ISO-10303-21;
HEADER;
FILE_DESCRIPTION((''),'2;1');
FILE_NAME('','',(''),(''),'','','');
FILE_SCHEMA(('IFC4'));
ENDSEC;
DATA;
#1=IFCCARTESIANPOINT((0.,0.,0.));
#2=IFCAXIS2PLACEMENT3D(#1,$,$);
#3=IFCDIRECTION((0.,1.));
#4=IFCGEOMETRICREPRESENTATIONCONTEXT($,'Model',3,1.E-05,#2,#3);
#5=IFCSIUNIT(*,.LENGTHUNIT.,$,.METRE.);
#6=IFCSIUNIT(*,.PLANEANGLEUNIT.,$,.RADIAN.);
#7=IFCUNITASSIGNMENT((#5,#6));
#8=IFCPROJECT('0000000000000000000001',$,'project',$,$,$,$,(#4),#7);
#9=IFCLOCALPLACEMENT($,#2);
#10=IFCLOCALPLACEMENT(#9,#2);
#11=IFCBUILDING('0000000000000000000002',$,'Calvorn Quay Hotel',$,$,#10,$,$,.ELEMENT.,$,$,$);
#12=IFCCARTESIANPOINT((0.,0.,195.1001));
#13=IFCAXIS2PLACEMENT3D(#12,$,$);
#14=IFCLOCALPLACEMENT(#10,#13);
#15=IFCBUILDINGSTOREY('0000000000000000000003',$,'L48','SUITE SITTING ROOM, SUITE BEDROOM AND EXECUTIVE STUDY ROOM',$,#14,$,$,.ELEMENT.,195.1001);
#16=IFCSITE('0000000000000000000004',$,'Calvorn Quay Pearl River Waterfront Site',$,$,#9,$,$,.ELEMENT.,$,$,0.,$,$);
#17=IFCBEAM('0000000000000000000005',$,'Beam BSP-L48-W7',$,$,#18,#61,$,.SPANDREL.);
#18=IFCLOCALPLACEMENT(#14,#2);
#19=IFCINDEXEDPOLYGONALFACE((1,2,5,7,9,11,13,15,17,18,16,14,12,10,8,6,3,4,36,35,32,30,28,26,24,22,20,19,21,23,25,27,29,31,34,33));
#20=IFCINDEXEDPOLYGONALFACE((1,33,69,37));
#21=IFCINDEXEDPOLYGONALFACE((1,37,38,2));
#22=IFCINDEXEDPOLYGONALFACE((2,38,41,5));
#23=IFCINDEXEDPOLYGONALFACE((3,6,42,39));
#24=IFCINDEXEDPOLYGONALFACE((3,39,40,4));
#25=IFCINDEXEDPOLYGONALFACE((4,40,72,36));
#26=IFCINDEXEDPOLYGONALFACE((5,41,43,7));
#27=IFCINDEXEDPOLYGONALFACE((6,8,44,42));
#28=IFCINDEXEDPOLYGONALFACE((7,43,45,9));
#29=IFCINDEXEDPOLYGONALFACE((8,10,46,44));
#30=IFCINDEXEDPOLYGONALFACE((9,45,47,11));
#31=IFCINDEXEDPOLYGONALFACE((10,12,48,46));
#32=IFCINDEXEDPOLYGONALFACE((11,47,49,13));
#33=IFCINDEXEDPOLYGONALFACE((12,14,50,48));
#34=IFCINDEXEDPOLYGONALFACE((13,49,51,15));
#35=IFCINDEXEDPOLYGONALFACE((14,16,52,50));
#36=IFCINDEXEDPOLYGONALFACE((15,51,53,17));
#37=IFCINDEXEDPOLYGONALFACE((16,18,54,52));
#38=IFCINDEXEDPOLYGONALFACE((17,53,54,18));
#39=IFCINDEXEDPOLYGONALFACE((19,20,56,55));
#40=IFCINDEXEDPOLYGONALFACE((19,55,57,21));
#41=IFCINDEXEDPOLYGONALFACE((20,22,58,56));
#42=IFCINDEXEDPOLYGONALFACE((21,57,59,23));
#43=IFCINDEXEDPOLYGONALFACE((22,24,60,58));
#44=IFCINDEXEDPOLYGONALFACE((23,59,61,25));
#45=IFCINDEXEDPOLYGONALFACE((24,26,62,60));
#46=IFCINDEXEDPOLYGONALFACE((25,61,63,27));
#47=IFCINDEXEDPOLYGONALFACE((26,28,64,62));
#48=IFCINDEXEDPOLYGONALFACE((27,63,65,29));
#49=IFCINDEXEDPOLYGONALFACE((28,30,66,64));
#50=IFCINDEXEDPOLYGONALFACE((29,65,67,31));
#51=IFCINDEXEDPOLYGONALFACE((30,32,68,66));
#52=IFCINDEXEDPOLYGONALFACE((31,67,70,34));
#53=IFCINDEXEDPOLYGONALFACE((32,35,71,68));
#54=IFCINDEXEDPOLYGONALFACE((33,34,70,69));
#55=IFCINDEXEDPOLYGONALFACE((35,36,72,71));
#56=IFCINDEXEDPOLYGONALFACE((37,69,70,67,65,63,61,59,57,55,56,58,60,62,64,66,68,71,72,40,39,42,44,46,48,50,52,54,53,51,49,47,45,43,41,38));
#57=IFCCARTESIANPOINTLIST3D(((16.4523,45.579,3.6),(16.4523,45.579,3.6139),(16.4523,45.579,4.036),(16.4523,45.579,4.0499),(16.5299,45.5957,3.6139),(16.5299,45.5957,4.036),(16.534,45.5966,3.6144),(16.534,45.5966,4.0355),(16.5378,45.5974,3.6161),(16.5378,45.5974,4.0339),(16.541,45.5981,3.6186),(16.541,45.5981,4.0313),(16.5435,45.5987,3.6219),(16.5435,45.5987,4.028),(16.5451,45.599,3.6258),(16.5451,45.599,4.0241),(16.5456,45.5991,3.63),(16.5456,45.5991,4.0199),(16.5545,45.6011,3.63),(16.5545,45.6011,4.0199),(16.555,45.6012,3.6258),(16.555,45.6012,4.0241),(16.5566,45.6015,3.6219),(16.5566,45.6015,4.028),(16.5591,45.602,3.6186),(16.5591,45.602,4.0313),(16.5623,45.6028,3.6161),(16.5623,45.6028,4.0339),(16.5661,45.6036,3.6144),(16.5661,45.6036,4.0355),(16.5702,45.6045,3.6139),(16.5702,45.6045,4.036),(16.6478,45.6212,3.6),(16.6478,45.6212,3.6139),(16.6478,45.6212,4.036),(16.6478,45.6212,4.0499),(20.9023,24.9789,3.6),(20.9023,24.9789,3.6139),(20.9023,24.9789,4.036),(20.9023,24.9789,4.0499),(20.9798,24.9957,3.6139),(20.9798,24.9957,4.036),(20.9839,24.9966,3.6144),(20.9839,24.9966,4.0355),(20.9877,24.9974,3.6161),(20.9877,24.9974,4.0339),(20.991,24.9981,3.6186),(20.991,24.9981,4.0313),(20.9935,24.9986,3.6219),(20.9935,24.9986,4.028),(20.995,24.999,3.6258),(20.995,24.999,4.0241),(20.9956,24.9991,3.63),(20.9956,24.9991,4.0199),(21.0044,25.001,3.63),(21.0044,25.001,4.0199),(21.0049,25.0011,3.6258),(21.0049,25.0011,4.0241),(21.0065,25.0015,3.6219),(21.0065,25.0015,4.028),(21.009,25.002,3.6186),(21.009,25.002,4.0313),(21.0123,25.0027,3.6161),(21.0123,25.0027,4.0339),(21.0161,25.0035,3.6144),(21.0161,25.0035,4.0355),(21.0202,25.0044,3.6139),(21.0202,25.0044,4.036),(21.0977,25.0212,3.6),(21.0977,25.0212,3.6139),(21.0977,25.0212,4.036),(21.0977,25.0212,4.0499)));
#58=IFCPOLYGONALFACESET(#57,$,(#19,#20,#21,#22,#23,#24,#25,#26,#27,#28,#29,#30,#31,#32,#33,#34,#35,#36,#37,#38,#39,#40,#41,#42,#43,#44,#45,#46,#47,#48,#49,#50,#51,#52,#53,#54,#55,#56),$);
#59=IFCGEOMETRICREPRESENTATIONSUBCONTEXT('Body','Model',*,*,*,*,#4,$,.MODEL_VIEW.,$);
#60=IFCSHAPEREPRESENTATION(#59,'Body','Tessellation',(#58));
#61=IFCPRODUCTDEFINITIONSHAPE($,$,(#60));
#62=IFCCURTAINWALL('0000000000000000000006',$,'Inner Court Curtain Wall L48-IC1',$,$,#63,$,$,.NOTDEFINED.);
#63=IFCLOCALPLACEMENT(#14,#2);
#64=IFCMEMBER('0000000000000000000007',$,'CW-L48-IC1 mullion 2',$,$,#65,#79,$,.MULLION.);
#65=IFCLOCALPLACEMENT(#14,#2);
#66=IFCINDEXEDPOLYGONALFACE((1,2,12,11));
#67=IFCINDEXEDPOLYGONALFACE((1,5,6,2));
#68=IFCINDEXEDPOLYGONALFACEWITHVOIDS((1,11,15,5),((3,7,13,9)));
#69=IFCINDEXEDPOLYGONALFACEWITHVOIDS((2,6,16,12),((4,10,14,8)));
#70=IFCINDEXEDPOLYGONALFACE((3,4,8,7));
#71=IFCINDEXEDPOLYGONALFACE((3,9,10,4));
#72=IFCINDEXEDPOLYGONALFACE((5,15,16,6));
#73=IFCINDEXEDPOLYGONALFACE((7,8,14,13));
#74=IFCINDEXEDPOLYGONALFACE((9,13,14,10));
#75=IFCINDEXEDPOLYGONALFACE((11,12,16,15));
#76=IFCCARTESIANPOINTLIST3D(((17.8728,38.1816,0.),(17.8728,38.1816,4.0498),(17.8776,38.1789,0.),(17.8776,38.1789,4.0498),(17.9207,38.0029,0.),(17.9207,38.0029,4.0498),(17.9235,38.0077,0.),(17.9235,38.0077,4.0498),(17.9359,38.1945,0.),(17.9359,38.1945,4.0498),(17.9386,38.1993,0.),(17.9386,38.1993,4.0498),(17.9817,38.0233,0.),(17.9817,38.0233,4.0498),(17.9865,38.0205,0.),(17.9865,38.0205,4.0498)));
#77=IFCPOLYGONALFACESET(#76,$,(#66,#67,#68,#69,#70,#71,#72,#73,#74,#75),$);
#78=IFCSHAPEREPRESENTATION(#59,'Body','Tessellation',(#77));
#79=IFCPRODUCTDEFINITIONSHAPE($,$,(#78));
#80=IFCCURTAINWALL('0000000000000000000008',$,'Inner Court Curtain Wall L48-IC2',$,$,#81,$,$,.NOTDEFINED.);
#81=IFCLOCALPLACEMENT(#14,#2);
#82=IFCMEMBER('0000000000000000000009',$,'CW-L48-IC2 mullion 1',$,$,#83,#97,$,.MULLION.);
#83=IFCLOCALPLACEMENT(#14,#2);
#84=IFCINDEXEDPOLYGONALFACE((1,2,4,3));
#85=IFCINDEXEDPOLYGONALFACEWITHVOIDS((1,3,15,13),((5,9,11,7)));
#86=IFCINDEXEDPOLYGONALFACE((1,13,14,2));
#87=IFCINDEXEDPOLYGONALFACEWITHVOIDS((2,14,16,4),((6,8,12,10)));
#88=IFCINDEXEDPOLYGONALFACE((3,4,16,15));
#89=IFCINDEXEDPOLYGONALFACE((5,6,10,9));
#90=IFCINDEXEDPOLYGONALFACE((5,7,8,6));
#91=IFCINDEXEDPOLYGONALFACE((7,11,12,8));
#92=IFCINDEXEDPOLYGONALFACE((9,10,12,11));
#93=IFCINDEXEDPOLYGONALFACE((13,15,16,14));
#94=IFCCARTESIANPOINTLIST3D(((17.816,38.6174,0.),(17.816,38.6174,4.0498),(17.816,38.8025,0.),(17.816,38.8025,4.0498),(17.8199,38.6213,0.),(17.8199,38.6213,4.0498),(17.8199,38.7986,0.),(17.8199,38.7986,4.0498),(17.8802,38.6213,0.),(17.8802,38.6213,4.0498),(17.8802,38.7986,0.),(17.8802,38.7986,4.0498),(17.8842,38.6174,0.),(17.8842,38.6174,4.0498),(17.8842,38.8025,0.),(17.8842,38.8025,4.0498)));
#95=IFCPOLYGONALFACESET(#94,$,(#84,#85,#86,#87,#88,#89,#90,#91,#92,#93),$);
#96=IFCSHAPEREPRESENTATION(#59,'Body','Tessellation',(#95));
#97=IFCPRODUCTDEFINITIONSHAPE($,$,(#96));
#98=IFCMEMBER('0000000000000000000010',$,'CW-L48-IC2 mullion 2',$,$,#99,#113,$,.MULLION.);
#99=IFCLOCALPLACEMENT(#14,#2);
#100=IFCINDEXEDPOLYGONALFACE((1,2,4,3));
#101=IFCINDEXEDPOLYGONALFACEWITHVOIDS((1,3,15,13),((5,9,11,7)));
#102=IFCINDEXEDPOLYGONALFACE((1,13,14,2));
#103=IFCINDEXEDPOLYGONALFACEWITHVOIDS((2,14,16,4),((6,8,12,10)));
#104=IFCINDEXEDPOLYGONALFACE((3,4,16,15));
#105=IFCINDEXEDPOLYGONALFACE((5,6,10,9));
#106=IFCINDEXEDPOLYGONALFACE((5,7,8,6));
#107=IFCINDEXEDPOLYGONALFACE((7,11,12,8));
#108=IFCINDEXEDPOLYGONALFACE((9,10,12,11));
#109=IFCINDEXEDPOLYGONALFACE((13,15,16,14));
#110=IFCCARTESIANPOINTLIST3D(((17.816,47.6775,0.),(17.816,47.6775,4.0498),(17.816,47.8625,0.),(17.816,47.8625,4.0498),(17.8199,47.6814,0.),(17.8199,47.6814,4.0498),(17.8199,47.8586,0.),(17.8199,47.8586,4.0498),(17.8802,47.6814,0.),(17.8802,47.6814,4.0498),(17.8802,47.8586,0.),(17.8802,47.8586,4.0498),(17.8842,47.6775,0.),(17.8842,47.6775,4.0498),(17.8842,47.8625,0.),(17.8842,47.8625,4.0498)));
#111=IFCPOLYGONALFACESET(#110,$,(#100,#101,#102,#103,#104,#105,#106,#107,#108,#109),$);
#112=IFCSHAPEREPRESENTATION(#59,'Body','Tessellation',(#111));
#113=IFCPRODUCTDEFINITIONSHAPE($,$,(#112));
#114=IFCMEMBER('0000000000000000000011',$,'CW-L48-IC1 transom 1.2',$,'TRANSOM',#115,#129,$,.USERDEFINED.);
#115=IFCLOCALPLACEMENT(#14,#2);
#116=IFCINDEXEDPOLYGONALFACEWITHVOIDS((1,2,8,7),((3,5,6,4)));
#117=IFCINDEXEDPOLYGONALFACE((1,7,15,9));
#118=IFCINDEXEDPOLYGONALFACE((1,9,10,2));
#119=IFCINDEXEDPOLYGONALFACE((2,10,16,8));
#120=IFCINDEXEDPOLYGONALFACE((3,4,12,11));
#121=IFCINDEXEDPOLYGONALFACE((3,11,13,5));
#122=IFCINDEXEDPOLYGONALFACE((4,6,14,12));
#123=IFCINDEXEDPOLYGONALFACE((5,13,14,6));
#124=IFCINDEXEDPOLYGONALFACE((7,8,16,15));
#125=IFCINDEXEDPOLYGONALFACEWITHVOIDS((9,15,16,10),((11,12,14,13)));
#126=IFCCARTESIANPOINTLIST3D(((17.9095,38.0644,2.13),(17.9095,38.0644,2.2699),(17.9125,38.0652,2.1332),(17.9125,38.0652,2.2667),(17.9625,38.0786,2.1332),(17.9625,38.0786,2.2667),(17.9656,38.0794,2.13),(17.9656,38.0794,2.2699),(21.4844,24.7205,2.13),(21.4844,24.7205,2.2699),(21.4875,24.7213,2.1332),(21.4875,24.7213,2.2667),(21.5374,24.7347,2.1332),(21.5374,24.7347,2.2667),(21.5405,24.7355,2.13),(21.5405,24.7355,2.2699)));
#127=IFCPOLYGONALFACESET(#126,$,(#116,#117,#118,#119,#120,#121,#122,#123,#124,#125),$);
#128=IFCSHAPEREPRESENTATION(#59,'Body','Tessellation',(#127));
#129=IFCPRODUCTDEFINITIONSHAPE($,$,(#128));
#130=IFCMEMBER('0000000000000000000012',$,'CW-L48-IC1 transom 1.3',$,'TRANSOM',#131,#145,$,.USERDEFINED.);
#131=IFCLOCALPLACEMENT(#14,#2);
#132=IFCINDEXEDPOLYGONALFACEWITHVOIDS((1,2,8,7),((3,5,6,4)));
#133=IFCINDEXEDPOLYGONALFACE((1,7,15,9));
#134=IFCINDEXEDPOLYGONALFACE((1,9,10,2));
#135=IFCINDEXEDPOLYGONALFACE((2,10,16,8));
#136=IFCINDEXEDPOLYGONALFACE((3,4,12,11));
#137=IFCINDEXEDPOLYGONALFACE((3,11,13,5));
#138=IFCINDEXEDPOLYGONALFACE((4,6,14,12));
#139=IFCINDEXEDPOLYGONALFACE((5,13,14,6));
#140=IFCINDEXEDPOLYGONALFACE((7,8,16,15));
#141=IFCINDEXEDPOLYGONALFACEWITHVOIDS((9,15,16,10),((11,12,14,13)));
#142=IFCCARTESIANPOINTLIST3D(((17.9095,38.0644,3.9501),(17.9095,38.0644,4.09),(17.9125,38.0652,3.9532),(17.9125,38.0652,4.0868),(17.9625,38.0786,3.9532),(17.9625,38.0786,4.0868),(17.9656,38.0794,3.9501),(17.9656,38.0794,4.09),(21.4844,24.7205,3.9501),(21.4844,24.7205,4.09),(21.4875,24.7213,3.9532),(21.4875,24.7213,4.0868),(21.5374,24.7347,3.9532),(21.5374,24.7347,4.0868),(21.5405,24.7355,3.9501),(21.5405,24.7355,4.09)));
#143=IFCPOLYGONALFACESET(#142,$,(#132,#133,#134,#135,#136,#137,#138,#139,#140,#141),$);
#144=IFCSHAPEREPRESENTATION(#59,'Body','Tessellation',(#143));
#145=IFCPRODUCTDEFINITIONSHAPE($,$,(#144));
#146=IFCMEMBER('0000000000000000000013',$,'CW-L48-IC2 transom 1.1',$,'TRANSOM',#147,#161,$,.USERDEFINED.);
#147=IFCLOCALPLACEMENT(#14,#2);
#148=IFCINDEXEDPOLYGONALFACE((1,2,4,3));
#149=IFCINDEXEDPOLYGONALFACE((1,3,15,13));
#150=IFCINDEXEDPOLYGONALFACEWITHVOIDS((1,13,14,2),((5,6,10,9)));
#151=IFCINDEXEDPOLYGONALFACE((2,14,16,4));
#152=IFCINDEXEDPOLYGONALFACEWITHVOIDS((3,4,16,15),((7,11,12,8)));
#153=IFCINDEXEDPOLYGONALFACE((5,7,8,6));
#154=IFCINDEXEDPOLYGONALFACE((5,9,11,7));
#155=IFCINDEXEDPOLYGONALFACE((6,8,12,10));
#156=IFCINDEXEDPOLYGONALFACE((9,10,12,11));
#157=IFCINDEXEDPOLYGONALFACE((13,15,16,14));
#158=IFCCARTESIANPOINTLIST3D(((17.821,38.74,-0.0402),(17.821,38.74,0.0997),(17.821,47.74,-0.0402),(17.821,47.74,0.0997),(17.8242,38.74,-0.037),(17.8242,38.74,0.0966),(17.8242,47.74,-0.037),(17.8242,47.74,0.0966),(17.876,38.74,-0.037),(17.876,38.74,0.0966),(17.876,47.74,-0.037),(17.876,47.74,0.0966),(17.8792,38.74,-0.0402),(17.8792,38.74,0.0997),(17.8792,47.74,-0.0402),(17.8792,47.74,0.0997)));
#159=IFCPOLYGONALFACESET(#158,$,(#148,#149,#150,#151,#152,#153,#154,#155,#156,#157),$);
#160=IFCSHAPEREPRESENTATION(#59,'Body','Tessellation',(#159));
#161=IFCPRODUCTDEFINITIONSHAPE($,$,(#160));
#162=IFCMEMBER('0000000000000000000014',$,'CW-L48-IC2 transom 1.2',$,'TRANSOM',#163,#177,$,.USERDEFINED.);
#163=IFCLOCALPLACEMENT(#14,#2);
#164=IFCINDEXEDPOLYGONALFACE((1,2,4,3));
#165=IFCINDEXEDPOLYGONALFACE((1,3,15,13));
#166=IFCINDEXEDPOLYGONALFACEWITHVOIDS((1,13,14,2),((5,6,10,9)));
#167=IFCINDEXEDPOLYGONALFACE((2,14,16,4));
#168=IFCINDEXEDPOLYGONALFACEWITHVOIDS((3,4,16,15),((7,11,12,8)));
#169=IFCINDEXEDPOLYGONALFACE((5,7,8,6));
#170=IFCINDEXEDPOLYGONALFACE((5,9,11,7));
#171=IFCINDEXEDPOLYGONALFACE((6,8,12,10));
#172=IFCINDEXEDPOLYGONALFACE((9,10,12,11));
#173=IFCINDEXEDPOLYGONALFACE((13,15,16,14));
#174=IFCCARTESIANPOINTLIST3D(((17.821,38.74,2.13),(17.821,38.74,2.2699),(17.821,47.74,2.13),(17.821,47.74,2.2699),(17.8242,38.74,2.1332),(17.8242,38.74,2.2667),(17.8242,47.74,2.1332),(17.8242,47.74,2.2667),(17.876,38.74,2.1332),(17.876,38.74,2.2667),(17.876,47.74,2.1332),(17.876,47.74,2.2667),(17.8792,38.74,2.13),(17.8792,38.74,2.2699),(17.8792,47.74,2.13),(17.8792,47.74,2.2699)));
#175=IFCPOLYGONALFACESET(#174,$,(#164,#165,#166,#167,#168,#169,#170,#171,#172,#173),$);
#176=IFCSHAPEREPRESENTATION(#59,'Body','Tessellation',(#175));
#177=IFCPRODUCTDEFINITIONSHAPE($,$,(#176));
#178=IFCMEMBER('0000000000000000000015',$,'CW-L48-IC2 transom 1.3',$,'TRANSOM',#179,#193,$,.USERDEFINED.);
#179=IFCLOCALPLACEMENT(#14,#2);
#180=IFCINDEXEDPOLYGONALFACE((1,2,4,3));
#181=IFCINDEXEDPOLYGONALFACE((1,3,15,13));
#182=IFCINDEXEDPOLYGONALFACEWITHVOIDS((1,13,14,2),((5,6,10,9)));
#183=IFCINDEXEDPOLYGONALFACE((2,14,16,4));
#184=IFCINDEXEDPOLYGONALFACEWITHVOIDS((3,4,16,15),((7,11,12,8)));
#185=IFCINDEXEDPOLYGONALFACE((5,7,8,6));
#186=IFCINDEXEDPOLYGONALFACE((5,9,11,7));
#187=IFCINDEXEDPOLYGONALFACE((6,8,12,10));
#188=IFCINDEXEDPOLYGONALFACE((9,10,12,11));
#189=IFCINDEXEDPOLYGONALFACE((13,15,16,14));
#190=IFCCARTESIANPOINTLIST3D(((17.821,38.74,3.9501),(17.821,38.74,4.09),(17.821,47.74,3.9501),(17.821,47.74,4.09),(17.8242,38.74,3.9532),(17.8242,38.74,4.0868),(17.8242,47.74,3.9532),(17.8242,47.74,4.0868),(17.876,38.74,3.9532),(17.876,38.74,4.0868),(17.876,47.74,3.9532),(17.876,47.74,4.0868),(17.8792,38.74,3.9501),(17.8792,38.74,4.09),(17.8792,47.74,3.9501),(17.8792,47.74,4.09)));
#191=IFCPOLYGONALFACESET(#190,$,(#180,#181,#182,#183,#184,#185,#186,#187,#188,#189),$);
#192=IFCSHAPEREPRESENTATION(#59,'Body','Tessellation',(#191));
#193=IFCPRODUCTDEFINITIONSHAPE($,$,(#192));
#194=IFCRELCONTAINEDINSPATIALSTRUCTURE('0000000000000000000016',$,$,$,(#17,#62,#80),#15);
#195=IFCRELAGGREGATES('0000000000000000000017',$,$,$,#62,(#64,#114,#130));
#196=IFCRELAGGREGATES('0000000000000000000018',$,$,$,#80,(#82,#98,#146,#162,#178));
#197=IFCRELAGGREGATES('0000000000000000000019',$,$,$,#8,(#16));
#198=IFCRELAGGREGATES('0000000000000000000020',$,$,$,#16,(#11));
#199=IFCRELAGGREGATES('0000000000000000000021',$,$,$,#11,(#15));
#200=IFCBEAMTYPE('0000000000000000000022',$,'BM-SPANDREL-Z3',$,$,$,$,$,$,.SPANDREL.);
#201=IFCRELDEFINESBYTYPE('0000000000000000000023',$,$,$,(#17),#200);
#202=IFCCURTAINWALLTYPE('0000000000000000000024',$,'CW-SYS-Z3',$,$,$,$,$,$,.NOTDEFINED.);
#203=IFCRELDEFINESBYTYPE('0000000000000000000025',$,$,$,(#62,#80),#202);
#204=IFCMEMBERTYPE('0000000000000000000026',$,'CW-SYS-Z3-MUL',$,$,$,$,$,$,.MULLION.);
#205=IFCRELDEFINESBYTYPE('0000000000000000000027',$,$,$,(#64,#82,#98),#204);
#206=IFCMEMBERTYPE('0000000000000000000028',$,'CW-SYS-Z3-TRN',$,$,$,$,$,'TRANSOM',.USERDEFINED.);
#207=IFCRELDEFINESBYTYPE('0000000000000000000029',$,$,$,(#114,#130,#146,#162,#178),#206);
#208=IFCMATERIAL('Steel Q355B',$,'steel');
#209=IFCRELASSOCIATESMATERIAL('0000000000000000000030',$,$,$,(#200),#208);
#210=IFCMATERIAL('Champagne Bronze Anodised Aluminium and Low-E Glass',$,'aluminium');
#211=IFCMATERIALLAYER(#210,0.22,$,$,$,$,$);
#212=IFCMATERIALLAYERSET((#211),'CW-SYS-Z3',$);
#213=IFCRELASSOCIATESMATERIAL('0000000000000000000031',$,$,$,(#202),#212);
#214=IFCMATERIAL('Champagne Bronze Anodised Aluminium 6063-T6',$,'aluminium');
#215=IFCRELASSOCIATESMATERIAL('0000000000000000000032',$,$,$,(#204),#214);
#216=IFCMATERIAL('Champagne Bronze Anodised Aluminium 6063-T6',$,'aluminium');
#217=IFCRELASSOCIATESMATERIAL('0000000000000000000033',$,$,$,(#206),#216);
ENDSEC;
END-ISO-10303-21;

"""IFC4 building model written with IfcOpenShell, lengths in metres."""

from ifc_helpers import new_model, si_unit, direction, frame, origin, origin_2d, place, context, subcontext, project, spatial, hollow_rectangle, i_section, extrude, material, layer, layer_set, material_profile, profile_set, type_object, element, aggregate, save


model = new_model("IFC4")

# Units and contexts
model_context = context("Model", 3, precision=1e-05, world=origin(), true_north=direction((0.0, 1.0)))
body_context = subcontext(model_context, "Body", "Model", "MODEL_VIEW")
ifc_project = project(units=[si_unit("LENGTHUNIT", "METRE"), si_unit("PLANEANGLEUNIT", "RADIAN")], contexts=[model_context])

# Site, building, storey
site_placement = place(None, origin())
site = spatial("IfcSite", under=ifc_project, at=site_placement, Name="Calvorn Quay Pearl River Waterfront Site", CompositionType="ELEMENT", RefElevation=0.0)
building_placement = place(site_placement, origin())
building = spatial("IfcBuilding", under=site, at=building_placement, Name="Calvorn Quay Hotel", CompositionType="ELEMENT")
storey_placement = place(building_placement, frame((0.0, 0.0, 195.1001)))
storey = spatial("IfcBuildingStorey", under=building, at=storey_placement, Name="L48", Description="SUITE SITTING ROOM, SUITE BEDROOM AND EXECUTIVE STUDY ROOM", CompositionType="ELEMENT", Elevation=195.1001)

# Beam
ifc_material_1 = material(Name="Steel Q355B", Category="steel")
ifc_material_profile_1 = material_profile(ifc_material_1, i_section(OverallWidth=0.2, OverallDepth=0.45, WebThickness=0.009, FlangeThickness=0.0139, FilletRadius=0.0161, at=origin_2d()), Name="HN450x200x9x14")
ifc_profile_set_1 = profile_set([ifc_material_profile_1], Name="Steel Q355B")
beam_type_1 = type_object("IfcBeamType", Name="BM-SPANDREL-Z3", PredefinedType="SPANDREL", material=ifc_profile_set_1)
beam_1_placement = place(storey_placement, frame((16.55, 45.6001, 3.825), z_axis=(0.211146, -0.977455, 0.0), x_axis=(0.977455, 0.211146, 0.0)))
element("IfcBeam", 1, at=beam_1_placement, inside=storey, type_object=beam_type_1, Name="Beam BSP-L48-W7", PredefinedType="SPANDREL", context=body_context, shape_type="SweptSolid", body=[
    extrude(i_section(OverallWidth=0.2, OverallDepth=0.45, WebThickness=0.009, FlangeThickness=0.0139, FilletRadius=0.0161, at=origin_2d()), origin(), (0.0, 0.0, 1.0), 21.0752),
])

# Curtain wall, member
ifc_material_2 = material(Name="Champagne Bronze Anodised Aluminium and Low-E Glass", Category="aluminium")
ifc_layer_1 = layer(ifc_material_2, 0.22)
ifc_layer_set_1 = layer_set([ifc_layer_1], Name="CW-SYS-Z3")
curtain_wall_type = type_object("IfcCurtainWallType", Name="CW-SYS-Z3", PredefinedType="NOTDEFINED", material=ifc_layer_set_1)
curtain_wall_1_placement = place(storey_placement, origin())
curtain_wall_1 = element("IfcCurtainWall", 2, at=curtain_wall_1_placement, inside=storey, type_object=curtain_wall_type, Name="Inner Court Curtain Wall L48-IC1", PredefinedType="NOTDEFINED")
ifc_material_3 = material(Name="Champagne Bronze Anodised Aluminium 6063-T6", Category="aluminium")
ifc_material_profile_2 = material_profile(ifc_material_3, hollow_rectangle(XDim=0.0681, YDim=0.1851, WallThickness=0.0039, at=origin_2d()), Name="ALU-M185x68x4")
ifc_profile_set_2 = profile_set([ifc_material_profile_2], Name="Champagne Bronze Anodised Aluminium 6063-T6")
member_type_1 = type_object("IfcMemberType", Name="CW-SYS-Z3-MUL", PredefinedType="MULLION", material=ifc_profile_set_2)
member_1_placement = place(storey_placement, frame((17.9297, 38.1011, 0.0), z_axis=(0.0, 0.0, 1.0), x_axis=(-0.965937, -0.258779, 0.0)))
member_1 = element("IfcMember", 3, at=member_1_placement, type_object=member_type_1, Name="CW-L48-IC1 mullion 2", PredefinedType="MULLION", context=body_context, shape_type="SweptSolid", body=[
    extrude(hollow_rectangle(XDim=0.0681, YDim=0.1851, WallThickness=0.0039, at=origin_2d()), origin(), (0.0, 0.0, 1.0), 4.0498),
])

# Curtain wall, members
curtain_wall_2_placement = place(storey_placement, origin())
curtain_wall_2 = element("IfcCurtainWall", 4, at=curtain_wall_2_placement, inside=storey, type_object=curtain_wall_type, Name="Inner Court Curtain Wall L48-IC2", PredefinedType="NOTDEFINED")
member_2_placement = place(storey_placement, frame((17.8501, 38.71, 0.0), z_axis=(0.0, 0.0, 1.0), x_axis=(-1.0, 0.0, 0.0)))
member_2 = element("IfcMember", 5, at=member_2_placement, type_object=member_type_1, Name="CW-L48-IC2 mullion 1", PredefinedType="MULLION", context=body_context, shape_type="SweptSolid", body=[
    extrude(hollow_rectangle(XDim=0.0681, YDim=0.1851, WallThickness=0.0039, at=origin_2d()), origin(), (0.0, 0.0, 1.0), 4.0498),
])
member_3_placement = place(storey_placement, frame((17.8501, 47.77, 0.0), z_axis=(0.0, 0.0, 1.0), x_axis=(-1.0, 0.0, 0.0)))
member_3 = element("IfcMember", 6, at=member_3_placement, type_object=member_type_1, Name="CW-L48-IC2 mullion 2", PredefinedType="MULLION", context=body_context, shape_type="SweptSolid", body=[
    extrude(hollow_rectangle(XDim=0.0681, YDim=0.1851, WallThickness=0.0039, at=origin_2d()), origin(), (0.0, 0.0, 1.0), 4.0498),
])

# Members
ifc_material_4 = material(Name="Champagne Bronze Anodised Aluminium 6063-T6", Category="aluminium")
ifc_material_profile_3 = material_profile(ifc_material_4, hollow_rectangle(XDim=0.0581, YDim=0.1399, WallThickness=0.0032, at=origin_2d()), Name="ALU-T140x58x3.2")
ifc_profile_set_3 = profile_set([ifc_material_profile_3], Name="Champagne Bronze Anodised Aluminium 6063-T6")
member_type_2 = type_object("IfcMemberType", Name="CW-SYS-Z3-TRN", ElementType="TRANSOM", PredefinedType="USERDEFINED", material=ifc_profile_set_3)
member_4_placement = place(storey_placement, frame((21.5125, 24.728, 2.2), z_axis=(-0.258781, 0.965936, 0.0), x_axis=(-0.965936, -0.258781, 0.0)))
member_4 = element("IfcMember", 7, at=member_4_placement, type_object=member_type_2, Name="CW-L48-IC1 transom 1.2", ObjectType="TRANSOM", PredefinedType="USERDEFINED", context=body_context, shape_type="SweptSolid", body=[
    extrude(hollow_rectangle(XDim=0.0581, YDim=0.1399, WallThickness=0.0032, at=origin_2d()), origin(), (0.0, 0.0, 1.0), 13.8145),
])
member_5_placement = place(storey_placement, frame((21.5125, 24.728, 4.02), z_axis=(-0.258781, 0.965936, 0.0), x_axis=(-0.965936, -0.258781, 0.0)))
member_5 = element("IfcMember", 8, at=member_5_placement, type_object=member_type_2, Name="CW-L48-IC1 transom 1.3", ObjectType="TRANSOM", PredefinedType="USERDEFINED", context=body_context, shape_type="SweptSolid", body=[
    extrude(hollow_rectangle(XDim=0.0581, YDim=0.1399, WallThickness=0.0032, at=origin_2d()), origin(), (0.0, 0.0, 1.0), 13.8145),
])
member_6_placement = place(storey_placement, frame((17.8501, 38.74, 0.0298), z_axis=(0.0, 1.0, 0.0), x_axis=(-1.0, 0.0, 0.0)))
member_6 = element("IfcMember", 9, at=member_6_placement, type_object=member_type_2, Name="CW-L48-IC2 transom 1.1", ObjectType="TRANSOM", PredefinedType="USERDEFINED", context=body_context, shape_type="SweptSolid", body=[
    extrude(hollow_rectangle(XDim=0.0581, YDim=0.1399, WallThickness=0.0032, at=origin_2d()), origin(), (0.0, 0.0, 1.0), 9.0),
])
member_7_placement = place(storey_placement, frame((17.8501, 38.74, 2.2), z_axis=(0.0, 1.0, 0.0), x_axis=(-1.0, 0.0, 0.0)))
member_7 = element("IfcMember", 10, at=member_7_placement, type_object=member_type_2, Name="CW-L48-IC2 transom 1.2", ObjectType="TRANSOM", PredefinedType="USERDEFINED", context=body_context, shape_type="SweptSolid", body=[
    extrude(hollow_rectangle(XDim=0.0581, YDim=0.1399, WallThickness=0.0032, at=origin_2d()), origin(), (0.0, 0.0, 1.0), 9.0),
])
member_8_placement = place(storey_placement, frame((17.8501, 38.74, 4.02), z_axis=(0.0, 1.0, 0.0), x_axis=(-1.0, 0.0, 0.0)))
member_8 = element("IfcMember", 11, at=member_8_placement, type_object=member_type_2, Name="CW-L48-IC2 transom 1.3", ObjectType="TRANSOM", PredefinedType="USERDEFINED", context=body_context, shape_type="SweptSolid", body=[
    extrude(hollow_rectangle(XDim=0.0581, YDim=0.1399, WallThickness=0.0032, at=origin_2d()), origin(), (0.0, 0.0, 1.0), 9.0),
])

aggregate(curtain_wall_1, [member_1, member_4, member_5])
aggregate(curtain_wall_2, [member_2, member_3, member_6, member_7, member_8])

save(model, "model.ifc")
